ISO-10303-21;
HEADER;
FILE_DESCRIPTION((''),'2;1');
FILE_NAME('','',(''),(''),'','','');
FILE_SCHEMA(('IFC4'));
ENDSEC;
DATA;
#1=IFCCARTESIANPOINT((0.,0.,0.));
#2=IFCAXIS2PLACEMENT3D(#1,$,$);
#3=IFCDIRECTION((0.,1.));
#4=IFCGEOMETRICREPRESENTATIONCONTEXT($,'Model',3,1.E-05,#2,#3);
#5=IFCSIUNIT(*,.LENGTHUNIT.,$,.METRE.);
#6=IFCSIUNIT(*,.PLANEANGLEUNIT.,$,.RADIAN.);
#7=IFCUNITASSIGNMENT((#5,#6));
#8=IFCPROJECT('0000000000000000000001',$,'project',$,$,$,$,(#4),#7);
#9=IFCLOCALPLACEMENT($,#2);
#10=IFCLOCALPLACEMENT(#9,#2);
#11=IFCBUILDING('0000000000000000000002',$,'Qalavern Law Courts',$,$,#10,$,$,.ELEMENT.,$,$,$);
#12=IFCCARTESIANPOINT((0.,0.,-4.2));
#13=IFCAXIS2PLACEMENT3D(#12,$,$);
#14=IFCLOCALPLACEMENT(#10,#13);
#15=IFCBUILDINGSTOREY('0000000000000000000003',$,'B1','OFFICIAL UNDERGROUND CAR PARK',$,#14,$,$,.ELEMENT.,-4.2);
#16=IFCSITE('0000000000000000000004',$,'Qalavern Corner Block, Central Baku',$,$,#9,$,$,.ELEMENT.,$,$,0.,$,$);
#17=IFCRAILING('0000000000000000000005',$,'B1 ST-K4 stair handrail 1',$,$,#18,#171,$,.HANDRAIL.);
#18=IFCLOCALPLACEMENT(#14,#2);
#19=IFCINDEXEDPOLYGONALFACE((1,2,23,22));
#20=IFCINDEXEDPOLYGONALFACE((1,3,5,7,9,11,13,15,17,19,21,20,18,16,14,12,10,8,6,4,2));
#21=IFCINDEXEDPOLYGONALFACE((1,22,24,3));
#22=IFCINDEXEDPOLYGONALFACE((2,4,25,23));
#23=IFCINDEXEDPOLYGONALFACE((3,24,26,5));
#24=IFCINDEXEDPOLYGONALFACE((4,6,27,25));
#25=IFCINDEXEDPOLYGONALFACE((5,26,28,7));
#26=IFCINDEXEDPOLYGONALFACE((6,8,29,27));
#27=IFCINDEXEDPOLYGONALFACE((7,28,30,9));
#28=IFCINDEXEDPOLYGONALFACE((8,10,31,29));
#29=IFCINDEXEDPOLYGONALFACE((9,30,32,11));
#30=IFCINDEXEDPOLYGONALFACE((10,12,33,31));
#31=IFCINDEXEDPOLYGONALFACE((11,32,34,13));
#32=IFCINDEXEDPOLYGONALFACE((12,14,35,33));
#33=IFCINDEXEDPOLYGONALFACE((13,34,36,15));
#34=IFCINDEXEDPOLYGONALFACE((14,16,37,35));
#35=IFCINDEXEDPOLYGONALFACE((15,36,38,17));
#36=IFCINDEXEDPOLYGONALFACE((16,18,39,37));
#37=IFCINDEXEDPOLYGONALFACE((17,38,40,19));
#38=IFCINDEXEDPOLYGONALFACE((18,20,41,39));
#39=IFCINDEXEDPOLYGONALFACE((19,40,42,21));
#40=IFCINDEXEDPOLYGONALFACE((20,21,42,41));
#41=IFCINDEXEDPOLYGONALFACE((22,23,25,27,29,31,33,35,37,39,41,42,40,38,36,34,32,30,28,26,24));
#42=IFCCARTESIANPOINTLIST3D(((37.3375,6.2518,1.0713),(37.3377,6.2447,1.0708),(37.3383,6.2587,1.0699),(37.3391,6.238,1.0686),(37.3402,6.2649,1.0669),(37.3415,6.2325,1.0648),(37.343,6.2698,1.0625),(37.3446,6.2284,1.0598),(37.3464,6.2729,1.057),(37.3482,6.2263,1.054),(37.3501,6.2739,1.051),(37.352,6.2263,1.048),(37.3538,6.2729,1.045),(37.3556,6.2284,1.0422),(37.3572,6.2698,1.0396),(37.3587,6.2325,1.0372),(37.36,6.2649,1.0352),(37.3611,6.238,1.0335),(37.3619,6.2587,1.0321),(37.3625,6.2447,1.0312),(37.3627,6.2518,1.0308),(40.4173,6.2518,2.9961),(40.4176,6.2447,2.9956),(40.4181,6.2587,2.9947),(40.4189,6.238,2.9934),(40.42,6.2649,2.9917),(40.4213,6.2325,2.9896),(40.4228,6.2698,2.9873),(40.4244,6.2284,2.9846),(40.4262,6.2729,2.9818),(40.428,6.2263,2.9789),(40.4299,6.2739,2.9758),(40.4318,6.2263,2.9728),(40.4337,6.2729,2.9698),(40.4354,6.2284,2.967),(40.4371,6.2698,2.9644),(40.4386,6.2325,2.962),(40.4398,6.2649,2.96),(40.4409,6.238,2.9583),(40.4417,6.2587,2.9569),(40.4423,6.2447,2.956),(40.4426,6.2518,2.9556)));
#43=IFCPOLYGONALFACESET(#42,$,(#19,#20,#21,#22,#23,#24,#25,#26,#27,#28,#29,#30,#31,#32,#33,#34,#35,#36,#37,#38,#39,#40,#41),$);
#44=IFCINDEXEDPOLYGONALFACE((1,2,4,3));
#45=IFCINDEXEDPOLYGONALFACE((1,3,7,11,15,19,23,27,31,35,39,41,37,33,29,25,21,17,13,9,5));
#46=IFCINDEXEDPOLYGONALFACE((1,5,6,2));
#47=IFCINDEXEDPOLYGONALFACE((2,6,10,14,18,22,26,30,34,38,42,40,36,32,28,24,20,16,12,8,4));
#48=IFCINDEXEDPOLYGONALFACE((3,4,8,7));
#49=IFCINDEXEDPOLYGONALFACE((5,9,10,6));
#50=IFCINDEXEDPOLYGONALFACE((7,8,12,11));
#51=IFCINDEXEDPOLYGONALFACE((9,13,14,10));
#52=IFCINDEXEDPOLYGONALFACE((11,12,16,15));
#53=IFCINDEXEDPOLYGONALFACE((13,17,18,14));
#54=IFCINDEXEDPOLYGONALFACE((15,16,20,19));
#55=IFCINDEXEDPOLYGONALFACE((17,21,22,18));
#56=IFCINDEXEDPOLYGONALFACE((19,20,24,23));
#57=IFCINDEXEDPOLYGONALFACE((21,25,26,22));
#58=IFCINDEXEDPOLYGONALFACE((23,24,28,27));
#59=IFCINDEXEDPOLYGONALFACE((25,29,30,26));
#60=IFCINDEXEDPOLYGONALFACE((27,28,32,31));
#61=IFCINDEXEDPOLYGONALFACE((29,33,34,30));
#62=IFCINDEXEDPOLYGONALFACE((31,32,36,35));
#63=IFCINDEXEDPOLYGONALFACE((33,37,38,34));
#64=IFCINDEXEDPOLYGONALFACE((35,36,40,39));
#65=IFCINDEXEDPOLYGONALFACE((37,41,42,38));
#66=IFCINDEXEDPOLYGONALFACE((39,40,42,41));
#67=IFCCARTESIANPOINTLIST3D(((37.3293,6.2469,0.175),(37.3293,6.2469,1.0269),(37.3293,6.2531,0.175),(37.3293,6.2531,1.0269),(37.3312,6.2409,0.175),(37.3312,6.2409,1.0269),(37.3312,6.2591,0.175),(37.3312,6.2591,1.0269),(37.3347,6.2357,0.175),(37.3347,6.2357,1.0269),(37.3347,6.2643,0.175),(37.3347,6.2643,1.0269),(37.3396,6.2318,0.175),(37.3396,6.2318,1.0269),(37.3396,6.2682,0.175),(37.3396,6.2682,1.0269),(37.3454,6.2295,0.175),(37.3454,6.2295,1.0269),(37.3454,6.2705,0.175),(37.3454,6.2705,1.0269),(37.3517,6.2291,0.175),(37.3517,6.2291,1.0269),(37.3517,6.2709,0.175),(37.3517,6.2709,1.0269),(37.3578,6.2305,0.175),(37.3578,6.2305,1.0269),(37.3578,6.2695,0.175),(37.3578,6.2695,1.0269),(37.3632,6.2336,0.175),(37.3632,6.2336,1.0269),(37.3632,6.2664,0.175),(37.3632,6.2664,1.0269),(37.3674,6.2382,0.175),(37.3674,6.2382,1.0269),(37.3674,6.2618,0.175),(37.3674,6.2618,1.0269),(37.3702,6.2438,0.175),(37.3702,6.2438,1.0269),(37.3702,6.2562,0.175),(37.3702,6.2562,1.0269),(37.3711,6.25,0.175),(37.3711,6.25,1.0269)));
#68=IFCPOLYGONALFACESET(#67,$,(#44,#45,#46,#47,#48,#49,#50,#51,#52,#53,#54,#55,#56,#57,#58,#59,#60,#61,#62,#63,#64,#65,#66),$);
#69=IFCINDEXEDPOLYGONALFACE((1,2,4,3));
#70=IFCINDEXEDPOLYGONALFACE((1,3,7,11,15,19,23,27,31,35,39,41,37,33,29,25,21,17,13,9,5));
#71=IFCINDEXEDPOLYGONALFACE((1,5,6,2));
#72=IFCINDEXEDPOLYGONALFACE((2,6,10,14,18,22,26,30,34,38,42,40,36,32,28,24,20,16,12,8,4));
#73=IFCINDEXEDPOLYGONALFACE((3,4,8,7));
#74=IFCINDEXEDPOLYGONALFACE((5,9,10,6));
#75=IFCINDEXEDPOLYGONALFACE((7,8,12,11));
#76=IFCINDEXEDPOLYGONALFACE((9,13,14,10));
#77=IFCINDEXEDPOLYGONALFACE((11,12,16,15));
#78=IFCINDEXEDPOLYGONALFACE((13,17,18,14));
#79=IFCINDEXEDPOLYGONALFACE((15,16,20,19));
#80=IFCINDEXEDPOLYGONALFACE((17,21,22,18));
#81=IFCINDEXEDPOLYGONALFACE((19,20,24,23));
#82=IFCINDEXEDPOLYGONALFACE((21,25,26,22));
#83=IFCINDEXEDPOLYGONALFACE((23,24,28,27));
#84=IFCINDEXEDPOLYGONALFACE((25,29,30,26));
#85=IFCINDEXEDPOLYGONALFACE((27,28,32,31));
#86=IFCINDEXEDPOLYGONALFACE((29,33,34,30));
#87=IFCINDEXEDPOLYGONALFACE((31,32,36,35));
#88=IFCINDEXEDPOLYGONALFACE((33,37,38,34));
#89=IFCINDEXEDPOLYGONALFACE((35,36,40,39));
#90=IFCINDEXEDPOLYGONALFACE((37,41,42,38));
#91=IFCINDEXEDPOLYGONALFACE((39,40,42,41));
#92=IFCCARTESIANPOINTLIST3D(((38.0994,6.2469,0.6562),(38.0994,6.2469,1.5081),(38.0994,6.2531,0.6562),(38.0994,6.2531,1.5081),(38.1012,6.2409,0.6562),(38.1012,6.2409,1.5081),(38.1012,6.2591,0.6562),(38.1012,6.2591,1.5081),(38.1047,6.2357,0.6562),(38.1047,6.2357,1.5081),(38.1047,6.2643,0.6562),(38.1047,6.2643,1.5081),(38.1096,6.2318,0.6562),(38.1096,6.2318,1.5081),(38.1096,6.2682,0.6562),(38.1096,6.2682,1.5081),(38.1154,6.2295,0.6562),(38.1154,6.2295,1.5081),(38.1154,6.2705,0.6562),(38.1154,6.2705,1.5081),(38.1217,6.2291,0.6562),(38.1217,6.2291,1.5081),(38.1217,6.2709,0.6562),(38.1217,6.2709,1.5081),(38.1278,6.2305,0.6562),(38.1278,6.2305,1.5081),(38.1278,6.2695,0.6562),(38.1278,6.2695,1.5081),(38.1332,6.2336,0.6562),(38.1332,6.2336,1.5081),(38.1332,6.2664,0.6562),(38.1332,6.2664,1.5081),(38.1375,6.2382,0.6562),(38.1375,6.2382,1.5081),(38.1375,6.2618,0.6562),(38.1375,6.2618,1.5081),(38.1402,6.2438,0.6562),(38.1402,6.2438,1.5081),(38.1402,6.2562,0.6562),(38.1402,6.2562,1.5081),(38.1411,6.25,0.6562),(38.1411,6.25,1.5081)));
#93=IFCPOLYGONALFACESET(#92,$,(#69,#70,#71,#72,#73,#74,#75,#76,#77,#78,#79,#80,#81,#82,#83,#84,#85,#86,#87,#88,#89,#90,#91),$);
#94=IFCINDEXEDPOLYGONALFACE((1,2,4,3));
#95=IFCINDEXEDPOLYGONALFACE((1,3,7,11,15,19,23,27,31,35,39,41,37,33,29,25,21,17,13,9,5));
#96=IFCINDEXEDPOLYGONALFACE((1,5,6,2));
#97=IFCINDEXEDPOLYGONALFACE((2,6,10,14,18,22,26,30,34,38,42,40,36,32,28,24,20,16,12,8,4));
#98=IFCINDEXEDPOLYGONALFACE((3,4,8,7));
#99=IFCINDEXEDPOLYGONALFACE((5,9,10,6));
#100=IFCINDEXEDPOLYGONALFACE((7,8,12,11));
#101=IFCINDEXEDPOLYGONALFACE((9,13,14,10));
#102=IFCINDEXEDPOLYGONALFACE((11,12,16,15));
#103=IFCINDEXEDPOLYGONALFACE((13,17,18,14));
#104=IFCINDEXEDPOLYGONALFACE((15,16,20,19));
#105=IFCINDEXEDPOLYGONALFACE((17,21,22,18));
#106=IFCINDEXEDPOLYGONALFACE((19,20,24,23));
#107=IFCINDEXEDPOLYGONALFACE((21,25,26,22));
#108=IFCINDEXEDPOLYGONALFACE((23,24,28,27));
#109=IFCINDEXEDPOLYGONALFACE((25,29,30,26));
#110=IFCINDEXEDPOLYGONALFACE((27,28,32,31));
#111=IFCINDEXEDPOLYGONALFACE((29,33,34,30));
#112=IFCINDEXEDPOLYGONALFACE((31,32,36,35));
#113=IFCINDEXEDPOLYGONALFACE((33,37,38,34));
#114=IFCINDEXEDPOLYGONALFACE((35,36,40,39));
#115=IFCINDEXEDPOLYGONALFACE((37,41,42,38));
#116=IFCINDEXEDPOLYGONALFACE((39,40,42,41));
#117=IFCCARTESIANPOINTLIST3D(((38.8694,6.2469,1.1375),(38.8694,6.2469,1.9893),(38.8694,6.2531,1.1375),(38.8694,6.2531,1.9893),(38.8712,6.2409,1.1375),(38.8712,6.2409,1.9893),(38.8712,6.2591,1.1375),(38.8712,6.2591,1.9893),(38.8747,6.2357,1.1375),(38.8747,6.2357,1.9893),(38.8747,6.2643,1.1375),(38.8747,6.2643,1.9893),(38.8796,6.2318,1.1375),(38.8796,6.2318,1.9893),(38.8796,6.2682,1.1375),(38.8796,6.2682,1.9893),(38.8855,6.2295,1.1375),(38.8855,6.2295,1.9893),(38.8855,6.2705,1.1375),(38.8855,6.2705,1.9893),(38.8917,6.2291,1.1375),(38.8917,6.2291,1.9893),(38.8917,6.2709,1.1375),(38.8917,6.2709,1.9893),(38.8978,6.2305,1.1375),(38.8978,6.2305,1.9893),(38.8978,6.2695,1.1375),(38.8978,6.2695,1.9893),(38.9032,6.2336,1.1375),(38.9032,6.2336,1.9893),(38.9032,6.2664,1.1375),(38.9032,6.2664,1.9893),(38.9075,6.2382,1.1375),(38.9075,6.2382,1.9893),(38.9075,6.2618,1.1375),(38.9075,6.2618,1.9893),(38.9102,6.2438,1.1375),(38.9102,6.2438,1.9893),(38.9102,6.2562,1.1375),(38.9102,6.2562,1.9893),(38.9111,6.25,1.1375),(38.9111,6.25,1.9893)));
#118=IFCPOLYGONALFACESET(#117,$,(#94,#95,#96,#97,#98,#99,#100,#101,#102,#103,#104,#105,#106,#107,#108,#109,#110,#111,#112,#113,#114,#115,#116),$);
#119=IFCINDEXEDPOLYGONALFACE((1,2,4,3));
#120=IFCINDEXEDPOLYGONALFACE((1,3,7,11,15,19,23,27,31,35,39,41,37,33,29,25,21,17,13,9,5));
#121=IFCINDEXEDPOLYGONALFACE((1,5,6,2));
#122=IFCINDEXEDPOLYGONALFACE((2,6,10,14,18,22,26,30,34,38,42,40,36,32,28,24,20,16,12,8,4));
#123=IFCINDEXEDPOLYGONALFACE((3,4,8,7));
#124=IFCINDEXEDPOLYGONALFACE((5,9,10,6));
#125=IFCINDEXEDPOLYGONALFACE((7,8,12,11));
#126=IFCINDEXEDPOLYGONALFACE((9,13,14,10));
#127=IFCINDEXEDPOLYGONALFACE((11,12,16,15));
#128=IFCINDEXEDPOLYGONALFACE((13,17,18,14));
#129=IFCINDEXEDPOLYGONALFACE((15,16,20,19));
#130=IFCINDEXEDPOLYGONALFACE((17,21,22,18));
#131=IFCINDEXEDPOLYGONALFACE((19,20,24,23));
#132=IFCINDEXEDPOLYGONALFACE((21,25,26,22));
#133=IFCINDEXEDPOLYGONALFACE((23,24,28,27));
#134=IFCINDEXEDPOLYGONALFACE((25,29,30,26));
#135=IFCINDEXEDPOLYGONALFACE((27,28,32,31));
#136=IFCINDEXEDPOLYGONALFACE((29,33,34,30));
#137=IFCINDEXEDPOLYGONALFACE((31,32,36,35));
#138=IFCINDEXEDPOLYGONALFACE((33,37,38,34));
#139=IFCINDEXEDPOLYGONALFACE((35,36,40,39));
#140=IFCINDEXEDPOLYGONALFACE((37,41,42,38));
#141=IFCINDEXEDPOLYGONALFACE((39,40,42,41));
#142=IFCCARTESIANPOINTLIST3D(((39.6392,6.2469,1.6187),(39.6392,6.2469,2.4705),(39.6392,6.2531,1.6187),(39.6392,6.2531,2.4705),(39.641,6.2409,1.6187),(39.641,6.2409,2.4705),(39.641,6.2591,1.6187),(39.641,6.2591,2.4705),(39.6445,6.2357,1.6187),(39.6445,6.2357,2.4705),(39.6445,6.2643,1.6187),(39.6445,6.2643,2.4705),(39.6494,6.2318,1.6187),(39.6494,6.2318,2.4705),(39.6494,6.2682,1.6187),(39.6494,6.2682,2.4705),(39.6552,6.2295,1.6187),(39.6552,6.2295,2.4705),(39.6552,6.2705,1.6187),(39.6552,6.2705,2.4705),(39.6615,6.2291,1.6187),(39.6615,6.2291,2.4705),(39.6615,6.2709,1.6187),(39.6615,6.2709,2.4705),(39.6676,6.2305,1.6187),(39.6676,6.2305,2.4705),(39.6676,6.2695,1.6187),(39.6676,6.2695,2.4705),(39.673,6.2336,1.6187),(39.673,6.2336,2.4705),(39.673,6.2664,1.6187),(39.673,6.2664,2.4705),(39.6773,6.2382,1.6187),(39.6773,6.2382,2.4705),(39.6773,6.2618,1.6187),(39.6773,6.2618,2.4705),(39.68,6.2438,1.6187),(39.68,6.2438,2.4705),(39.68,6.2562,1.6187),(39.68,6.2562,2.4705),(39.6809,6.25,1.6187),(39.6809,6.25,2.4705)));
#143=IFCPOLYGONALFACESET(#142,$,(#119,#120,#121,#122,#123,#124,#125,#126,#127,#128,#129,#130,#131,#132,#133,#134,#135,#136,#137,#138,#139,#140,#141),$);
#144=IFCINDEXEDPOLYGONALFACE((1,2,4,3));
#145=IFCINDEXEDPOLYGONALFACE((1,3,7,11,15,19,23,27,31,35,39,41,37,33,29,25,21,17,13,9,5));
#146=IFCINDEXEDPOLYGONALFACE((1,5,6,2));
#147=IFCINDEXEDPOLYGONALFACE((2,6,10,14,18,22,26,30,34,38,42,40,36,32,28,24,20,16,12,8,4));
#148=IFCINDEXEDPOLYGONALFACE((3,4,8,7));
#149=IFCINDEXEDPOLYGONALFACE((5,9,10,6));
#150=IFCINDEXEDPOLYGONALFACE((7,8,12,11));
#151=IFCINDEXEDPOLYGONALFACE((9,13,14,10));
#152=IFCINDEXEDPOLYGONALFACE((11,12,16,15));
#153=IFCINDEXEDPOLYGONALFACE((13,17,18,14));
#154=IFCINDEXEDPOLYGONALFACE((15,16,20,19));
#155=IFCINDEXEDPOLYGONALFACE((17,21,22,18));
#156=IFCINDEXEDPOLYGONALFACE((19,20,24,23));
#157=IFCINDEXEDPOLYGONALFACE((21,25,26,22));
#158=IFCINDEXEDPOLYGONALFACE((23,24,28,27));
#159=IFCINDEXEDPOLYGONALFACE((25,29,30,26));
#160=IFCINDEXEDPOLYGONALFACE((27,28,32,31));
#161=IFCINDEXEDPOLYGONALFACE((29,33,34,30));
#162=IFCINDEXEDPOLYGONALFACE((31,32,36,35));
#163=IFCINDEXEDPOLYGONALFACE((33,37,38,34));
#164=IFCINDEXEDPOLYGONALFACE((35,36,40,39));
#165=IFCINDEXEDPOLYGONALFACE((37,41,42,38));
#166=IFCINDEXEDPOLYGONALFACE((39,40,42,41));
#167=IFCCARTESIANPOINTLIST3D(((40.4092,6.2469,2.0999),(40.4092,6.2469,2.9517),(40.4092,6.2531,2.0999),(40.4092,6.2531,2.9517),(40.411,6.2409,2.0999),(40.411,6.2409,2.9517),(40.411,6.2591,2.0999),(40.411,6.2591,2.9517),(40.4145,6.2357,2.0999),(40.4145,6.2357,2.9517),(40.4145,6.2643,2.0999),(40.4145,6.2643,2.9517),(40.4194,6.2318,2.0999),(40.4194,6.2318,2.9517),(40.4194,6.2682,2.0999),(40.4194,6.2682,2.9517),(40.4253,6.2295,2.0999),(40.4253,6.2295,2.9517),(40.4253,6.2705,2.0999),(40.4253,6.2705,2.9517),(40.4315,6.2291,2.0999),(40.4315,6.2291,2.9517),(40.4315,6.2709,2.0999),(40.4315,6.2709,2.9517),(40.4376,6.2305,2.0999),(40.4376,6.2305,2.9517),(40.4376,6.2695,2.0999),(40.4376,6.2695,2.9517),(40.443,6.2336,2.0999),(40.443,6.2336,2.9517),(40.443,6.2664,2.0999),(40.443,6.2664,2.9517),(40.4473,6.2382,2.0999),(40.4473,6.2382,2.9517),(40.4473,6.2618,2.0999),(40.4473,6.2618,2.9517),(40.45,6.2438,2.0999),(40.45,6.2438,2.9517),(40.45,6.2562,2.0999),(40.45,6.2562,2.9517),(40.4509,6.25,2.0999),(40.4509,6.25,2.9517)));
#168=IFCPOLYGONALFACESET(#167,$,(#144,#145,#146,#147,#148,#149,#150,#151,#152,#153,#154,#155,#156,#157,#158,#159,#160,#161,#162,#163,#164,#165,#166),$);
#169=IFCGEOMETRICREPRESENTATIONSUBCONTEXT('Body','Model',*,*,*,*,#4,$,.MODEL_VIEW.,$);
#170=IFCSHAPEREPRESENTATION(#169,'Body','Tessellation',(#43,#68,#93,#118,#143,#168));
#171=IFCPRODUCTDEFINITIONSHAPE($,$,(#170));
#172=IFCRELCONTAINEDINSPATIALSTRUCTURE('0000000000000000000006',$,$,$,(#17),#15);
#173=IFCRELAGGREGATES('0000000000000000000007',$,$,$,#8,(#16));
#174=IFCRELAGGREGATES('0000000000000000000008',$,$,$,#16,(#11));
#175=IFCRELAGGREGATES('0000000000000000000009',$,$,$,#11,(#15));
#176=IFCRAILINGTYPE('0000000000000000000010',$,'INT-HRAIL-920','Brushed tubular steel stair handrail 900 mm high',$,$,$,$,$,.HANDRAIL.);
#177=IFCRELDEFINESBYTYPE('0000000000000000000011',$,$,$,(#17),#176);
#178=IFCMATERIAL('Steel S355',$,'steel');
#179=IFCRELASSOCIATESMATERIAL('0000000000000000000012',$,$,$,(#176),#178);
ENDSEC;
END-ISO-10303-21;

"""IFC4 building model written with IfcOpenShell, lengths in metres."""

from ifc_helpers import new_model, si_unit, direction, frame, origin, origin_2d, place, context, subcontext, project, spatial, circle, extrude, material, type_object, element, save


model = new_model("IFC4")

# Units and contexts
model_context = context("Model", 3, precision=1e-05, world=origin(), true_north=direction((0.0, 1.0)))
body_context = subcontext(model_context, "Body", "Model", "MODEL_VIEW")
ifc_project = project(units=[si_unit("LENGTHUNIT", "METRE"), si_unit("PLANEANGLEUNIT", "RADIAN")], contexts=[model_context])

# Site, building, storey
site_placement = place(None, origin())
site = spatial("IfcSite", under=ifc_project, at=site_placement, Name="Qalavern Corner Block, Central Baku", CompositionType="ELEMENT", RefElevation=0.0)
building_placement = place(site_placement, origin())
building = spatial("IfcBuilding", under=site, at=building_placement, Name="Qalavern Law Courts", CompositionType="ELEMENT")
storey_placement = place(building_placement, frame((0.0, 0.0, -4.2)))
storey = spatial("IfcBuildingStorey", under=building, at=storey_placement, Name="B1", Description="OFFICIAL UNDERGROUND CAR PARK", CompositionType="ELEMENT", Elevation=-4.2)

# Shared definitions
ifc_material_1 = material(Name="Steel S355", Category="steel")

# Railing
railing_type_1 = type_object("IfcRailingType", Name="INT-HRAIL-920", Description="Brushed tubular steel stair handrail 900 mm high", PredefinedType="HANDRAIL", material=ifc_material_1)
railing_1_placement = place(storey_placement, frame((37.3501, 6.25, 0.175)))
element("IfcRailing", 1, at=railing_1_placement, inside=storey, type_object=railing_type_1, Name="B1 ST-K4 stair handrail 1", PredefinedType="HANDRAIL", context=body_context, shape_type="SweptSolid", body=[
    extrude(circle(Radius=0.0239, at=origin_2d()), frame((0.0, 0.0, 0.876), z_axis=(0.84801, 0.0, 0.529981), x_axis=(0.0, 1.0, 0.0)), (0.0, 0.0, 1.0), 3.6318),
    extrude(circle(Radius=0.021, at=origin_2d()), origin(), (0.0, 0.0, 1.0), 0.8518),
    extrude(circle(Radius=0.021, at=origin_2d()), frame((0.77, 0.0, 0.4812)), (0.0, 0.0, 1.0), 0.8518),
    extrude(circle(Radius=0.021, at=origin_2d()), frame((1.54, 0.0, 0.9624)), (0.0, 0.0, 1.0), 0.8518),
    extrude(circle(Radius=0.021, at=origin_2d()), frame((2.3098, 0.0, 1.4436)), (0.0, 0.0, 1.0), 0.8518),
    extrude(circle(Radius=0.021, at=origin_2d()), frame((3.0798, 0.0, 1.9248)), (0.0, 0.0, 1.0), 0.8518),
])

save(model, "model.ifc")
